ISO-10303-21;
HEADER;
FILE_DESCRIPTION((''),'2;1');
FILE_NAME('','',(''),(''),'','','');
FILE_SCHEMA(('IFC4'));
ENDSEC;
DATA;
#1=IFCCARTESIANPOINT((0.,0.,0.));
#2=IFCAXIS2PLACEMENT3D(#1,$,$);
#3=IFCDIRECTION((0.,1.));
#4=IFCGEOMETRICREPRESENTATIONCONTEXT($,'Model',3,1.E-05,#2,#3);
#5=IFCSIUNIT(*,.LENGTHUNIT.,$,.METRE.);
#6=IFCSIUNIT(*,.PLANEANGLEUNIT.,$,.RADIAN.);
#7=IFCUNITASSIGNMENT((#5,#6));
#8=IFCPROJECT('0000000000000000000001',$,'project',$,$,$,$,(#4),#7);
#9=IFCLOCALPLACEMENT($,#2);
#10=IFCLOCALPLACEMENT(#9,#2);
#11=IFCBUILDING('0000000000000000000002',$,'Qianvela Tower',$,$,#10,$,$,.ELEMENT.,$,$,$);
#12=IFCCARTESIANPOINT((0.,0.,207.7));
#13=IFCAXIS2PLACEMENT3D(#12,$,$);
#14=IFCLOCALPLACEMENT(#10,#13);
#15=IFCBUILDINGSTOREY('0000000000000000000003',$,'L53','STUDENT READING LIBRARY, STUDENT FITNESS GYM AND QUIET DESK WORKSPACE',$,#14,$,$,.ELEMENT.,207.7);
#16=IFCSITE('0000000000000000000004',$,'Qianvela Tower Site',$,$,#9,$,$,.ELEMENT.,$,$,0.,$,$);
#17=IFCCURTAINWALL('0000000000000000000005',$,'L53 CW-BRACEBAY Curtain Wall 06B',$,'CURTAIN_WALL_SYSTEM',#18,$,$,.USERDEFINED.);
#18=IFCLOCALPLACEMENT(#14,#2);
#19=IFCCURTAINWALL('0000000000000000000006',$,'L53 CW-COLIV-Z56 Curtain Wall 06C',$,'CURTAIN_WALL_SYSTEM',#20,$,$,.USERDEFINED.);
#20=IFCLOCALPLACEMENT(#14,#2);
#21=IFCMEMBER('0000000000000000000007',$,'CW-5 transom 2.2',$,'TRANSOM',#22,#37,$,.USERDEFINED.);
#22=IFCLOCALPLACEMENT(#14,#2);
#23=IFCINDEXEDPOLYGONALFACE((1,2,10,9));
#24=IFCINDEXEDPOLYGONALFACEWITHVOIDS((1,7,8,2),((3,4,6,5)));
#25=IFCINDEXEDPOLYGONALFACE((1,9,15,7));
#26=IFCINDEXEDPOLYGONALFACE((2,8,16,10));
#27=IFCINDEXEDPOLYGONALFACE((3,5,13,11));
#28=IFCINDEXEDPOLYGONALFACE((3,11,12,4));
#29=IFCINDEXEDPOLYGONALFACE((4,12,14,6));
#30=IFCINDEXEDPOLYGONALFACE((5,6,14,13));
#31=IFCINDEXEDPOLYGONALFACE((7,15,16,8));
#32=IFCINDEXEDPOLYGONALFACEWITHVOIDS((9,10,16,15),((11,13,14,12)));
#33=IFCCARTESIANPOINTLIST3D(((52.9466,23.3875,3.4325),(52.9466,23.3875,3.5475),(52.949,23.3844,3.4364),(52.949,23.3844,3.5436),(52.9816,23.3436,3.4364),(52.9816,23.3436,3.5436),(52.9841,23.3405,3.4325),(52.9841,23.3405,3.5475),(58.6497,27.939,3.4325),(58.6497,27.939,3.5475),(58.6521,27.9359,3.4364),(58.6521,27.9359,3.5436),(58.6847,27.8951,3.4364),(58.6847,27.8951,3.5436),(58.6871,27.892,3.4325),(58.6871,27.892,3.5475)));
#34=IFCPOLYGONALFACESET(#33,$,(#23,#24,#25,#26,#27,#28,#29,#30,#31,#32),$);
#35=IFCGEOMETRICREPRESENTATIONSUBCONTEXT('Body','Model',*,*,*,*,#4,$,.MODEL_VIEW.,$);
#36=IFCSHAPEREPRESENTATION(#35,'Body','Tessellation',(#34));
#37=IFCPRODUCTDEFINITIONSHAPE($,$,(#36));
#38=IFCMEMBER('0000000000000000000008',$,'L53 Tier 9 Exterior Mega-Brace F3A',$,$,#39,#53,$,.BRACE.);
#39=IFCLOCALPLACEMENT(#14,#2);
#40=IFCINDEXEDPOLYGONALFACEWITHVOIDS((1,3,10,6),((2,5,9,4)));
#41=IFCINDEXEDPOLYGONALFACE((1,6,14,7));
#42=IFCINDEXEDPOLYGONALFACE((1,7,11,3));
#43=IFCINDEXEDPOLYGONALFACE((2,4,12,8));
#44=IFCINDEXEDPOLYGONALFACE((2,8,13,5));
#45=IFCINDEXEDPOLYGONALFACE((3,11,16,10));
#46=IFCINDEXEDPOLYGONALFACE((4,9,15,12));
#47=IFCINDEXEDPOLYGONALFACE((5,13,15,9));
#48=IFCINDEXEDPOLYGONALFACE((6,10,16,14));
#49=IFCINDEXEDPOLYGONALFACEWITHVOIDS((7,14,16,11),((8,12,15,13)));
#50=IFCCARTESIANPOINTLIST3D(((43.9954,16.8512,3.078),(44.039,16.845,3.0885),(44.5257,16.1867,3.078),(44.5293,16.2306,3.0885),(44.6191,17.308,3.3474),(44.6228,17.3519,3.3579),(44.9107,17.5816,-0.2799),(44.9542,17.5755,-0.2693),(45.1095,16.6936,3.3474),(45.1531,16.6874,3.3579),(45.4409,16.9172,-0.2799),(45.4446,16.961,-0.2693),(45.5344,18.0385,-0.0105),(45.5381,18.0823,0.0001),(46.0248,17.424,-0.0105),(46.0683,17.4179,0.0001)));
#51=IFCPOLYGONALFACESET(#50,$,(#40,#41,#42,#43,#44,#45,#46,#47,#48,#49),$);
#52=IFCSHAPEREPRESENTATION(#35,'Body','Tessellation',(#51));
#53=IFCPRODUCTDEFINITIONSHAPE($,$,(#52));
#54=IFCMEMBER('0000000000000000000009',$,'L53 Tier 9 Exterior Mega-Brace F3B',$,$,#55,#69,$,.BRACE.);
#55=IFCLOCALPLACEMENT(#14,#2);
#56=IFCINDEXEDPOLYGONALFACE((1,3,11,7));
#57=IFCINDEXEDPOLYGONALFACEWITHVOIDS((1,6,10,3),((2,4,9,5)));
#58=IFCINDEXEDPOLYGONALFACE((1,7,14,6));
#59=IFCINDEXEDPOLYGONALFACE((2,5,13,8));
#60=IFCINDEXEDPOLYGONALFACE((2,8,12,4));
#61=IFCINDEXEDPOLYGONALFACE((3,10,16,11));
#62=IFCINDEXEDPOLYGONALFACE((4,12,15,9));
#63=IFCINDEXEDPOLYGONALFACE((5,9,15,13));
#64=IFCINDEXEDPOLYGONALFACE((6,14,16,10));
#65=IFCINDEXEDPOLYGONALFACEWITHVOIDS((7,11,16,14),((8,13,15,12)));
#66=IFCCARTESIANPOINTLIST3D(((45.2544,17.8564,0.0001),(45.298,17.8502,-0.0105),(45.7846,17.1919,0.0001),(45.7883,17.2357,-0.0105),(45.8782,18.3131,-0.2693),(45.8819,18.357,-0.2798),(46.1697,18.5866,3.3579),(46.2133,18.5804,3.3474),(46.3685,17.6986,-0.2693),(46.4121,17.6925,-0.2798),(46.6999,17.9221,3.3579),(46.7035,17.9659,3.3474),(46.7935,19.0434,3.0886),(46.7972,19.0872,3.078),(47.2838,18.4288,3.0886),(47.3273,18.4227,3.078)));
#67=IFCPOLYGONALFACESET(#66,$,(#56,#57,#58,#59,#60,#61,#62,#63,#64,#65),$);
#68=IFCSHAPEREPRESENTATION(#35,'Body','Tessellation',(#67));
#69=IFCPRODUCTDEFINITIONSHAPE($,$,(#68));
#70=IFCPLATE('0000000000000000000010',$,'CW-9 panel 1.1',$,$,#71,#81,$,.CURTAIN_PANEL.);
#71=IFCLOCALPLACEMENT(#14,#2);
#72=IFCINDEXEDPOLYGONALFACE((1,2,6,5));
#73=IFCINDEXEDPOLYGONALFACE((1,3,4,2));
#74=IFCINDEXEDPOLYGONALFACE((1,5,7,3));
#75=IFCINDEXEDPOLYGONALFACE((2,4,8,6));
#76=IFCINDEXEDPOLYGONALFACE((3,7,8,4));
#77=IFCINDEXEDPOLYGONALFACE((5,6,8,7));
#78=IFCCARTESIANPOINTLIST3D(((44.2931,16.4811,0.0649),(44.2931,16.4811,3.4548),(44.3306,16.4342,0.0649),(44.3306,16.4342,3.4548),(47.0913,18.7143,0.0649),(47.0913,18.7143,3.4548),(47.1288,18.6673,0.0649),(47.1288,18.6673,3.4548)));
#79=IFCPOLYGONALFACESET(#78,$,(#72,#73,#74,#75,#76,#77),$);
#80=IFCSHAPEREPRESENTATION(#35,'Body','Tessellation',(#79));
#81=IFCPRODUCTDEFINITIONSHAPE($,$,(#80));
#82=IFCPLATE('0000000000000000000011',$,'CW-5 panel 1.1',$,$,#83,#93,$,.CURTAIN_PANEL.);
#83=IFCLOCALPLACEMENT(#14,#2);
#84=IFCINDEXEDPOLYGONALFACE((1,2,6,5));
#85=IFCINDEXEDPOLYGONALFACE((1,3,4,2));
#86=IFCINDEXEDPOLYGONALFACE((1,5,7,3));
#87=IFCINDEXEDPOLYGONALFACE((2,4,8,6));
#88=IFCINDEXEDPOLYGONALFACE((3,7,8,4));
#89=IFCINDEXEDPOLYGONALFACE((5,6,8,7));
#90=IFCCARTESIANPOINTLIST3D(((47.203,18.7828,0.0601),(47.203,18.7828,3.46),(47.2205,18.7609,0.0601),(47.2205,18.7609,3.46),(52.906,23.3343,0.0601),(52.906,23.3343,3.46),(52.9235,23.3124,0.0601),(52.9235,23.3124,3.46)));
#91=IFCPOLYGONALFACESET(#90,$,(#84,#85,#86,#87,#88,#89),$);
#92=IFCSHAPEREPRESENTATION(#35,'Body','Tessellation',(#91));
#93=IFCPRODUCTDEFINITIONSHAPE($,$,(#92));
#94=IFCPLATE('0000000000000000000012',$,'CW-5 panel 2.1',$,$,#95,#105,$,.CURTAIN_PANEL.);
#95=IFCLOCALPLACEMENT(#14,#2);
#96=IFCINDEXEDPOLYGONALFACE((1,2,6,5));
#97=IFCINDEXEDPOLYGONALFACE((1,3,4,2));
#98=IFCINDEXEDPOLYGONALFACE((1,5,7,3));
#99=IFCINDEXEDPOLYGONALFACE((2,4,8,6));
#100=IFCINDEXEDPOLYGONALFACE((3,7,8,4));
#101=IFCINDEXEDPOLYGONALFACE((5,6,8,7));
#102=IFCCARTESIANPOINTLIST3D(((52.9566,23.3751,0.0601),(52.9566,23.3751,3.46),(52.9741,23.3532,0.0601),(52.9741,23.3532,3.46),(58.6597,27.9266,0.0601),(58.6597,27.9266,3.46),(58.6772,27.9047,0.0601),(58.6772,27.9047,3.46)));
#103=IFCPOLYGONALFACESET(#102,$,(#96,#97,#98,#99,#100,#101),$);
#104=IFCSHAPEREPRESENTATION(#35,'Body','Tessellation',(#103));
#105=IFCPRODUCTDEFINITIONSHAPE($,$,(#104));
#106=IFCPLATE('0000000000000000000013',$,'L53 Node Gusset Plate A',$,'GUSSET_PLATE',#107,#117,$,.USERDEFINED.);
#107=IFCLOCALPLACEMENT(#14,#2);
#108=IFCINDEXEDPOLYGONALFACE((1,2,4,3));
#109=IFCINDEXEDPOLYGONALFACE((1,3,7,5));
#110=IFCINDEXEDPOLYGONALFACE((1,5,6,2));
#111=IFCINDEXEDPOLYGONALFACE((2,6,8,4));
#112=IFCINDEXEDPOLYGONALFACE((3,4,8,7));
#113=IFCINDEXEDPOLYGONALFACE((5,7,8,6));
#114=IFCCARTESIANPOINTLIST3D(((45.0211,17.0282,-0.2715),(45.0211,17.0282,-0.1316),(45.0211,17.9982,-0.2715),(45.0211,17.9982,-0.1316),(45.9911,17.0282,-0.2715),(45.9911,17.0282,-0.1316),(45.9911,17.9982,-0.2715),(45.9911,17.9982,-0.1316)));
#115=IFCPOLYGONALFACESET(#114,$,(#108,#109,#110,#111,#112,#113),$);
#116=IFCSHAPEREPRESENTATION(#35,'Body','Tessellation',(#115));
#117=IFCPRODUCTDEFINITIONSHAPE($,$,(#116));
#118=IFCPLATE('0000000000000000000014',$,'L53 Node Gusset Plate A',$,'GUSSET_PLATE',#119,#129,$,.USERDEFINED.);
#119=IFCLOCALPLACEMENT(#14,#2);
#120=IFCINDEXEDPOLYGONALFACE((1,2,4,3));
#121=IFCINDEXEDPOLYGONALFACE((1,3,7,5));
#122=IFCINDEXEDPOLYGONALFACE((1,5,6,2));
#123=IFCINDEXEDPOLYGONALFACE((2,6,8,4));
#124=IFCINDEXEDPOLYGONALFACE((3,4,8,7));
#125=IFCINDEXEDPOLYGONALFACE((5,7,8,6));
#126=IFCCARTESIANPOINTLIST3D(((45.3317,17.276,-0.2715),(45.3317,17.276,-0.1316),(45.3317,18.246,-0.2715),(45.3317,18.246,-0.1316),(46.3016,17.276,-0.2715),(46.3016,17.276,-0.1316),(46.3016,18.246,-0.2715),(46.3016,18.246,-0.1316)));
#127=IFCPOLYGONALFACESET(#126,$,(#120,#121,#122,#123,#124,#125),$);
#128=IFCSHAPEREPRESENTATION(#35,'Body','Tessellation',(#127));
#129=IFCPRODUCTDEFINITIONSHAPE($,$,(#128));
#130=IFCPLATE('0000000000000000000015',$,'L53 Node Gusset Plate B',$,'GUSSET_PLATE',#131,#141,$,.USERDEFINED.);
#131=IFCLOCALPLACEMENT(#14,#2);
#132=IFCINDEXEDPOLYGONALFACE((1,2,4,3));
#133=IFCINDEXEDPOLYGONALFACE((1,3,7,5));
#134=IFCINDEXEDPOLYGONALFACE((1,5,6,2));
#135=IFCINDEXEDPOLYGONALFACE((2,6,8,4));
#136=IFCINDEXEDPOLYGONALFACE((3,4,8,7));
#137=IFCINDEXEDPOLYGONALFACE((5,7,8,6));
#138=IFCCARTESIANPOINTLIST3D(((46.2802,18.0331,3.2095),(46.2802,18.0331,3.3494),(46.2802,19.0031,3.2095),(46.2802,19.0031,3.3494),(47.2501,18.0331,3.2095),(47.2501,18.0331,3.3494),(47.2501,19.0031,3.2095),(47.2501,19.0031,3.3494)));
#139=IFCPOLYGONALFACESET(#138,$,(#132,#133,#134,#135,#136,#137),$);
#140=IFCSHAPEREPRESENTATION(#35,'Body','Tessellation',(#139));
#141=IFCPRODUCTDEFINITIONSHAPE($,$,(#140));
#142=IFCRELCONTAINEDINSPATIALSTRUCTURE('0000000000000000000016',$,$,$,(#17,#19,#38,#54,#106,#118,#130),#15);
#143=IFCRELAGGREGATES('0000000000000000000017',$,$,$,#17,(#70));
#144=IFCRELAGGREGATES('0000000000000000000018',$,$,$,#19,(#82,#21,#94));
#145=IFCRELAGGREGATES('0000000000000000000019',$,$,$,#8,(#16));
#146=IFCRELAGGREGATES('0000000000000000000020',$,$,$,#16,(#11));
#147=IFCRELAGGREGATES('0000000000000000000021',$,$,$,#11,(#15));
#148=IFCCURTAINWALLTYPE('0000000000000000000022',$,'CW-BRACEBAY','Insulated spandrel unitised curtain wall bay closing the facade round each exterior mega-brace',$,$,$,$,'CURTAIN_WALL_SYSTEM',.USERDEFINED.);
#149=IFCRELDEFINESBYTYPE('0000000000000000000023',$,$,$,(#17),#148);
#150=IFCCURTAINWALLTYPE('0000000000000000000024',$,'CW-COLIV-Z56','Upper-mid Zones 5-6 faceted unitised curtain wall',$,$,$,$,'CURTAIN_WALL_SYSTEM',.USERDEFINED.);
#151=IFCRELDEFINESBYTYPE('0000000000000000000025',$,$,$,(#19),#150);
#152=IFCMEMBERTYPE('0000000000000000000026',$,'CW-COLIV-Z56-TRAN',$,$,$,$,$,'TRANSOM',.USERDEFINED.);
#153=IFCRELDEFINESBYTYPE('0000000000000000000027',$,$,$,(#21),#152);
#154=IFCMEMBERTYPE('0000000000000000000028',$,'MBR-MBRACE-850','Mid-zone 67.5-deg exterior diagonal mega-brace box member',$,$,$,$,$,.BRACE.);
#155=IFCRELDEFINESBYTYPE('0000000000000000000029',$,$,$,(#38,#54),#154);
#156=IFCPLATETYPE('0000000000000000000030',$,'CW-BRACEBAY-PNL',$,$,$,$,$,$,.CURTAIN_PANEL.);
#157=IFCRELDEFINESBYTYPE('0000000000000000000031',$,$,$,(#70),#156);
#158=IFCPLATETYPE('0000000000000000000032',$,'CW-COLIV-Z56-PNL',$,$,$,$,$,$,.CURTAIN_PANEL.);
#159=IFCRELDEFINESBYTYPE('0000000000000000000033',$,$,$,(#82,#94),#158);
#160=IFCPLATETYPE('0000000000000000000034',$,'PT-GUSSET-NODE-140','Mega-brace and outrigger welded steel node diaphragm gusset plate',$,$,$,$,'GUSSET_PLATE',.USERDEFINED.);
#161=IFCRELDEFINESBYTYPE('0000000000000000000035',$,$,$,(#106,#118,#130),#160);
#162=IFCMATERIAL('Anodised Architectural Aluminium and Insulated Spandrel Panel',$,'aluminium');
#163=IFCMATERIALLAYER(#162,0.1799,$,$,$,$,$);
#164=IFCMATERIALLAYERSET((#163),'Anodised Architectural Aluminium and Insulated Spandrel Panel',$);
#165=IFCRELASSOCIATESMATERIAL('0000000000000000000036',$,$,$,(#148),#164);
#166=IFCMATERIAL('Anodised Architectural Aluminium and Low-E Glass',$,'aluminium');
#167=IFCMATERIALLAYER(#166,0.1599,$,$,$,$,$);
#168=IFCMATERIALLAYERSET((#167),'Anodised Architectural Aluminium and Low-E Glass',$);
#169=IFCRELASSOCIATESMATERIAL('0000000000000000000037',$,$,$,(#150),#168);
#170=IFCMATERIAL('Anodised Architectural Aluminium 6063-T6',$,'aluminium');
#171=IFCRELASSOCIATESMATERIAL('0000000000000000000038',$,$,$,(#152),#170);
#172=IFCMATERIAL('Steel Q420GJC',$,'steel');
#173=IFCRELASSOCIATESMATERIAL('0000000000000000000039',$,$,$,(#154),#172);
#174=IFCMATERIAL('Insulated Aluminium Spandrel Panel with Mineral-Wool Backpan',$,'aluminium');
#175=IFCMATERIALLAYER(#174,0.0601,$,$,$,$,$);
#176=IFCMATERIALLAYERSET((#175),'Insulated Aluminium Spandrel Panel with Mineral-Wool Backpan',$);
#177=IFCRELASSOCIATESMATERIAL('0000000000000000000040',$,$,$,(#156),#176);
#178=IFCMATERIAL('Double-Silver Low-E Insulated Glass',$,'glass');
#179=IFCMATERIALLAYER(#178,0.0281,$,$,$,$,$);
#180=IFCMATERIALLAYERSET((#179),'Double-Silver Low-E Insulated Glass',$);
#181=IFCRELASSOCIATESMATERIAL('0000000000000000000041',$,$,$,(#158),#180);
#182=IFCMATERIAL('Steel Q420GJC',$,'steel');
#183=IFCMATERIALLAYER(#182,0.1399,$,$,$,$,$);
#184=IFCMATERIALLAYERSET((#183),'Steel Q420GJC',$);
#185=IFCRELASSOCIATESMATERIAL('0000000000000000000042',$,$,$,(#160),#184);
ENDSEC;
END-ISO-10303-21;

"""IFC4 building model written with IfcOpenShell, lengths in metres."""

from ifc_helpers import new_model, si_unit, direction, frame, origin, origin_2d, place, context, subcontext, project, spatial, rectangle, hollow_rectangle, extrude, material, layer, layer_set, material_profile, profile_set, type_object, element, aggregate, save


model = new_model("IFC4")

# Units and contexts
model_context = context("Model", 3, precision=1e-05, world=origin(), true_north=direction((0.0, 1.0)))
body_context = subcontext(model_context, "Body", "Model", "MODEL_VIEW")
ifc_project = project(units=[si_unit("LENGTHUNIT", "METRE"), si_unit("PLANEANGLEUNIT", "RADIAN")], contexts=[model_context])

# Site, building, storey
site_placement = place(None, origin())
site = spatial("IfcSite", under=ifc_project, at=site_placement, Name="Qianvela Tower Site", CompositionType="ELEMENT", RefElevation=0.0)
building_placement = place(site_placement, origin())
building = spatial("IfcBuilding", under=site, at=building_placement, Name="Qianvela Tower", CompositionType="ELEMENT")
storey_placement = place(building_placement, frame((0.0, 0.0, 207.7)))
storey = spatial("IfcBuildingStorey", under=building, at=storey_placement, Name="L53", Description="STUDENT READING LIBRARY, STUDENT FITNESS GYM AND QUIET DESK WORKSPACE", CompositionType="ELEMENT", Elevation=207.7)

# Curtain wall
ifc_material_1 = material(Name="Anodised Architectural Aluminium and Insulated Spandrel Panel", Category="aluminium")
ifc_layer_1 = layer(ifc_material_1, 0.1799)
ifc_layer_set_1 = layer_set([ifc_layer_1], Name="Anodised Architectural Aluminium and Insulated Spandrel Panel")
curtain_wall_type_1 = type_object("IfcCurtainWallType", Name="CW-BRACEBAY", Description="Insulated spandrel unitised curtain wall bay closing the facade round each exterior mega-brace", ElementType="CURTAIN_WALL_SYSTEM", PredefinedType="USERDEFINED", material=ifc_layer_set_1)
curtain_wall_1_placement = place(storey_placement, origin())
curtain_wall_1 = element("IfcCurtainWall", 1, at=curtain_wall_1_placement, inside=storey, type_object=curtain_wall_type_1, Name="L53 CW-BRACEBAY Curtain Wall 06B", ObjectType="CURTAIN_WALL_SYSTEM", PredefinedType="USERDEFINED")

# Curtain wall, member
ifc_material_2 = material(Name="Anodised Architectural Aluminium and Low-E Glass", Category="aluminium")
ifc_layer_2 = layer(ifc_material_2, 0.1599)
ifc_layer_set_2 = layer_set([ifc_layer_2], Name="Anodised Architectural Aluminium and Low-E Glass")
curtain_wall_type_2 = type_object("IfcCurtainWallType", Name="CW-COLIV-Z56", Description="Upper-mid Zones 5-6 faceted unitised curtain wall", ElementType="CURTAIN_WALL_SYSTEM", PredefinedType="USERDEFINED", material=ifc_layer_set_2)
curtain_wall_2_placement = place(storey_placement, origin())
curtain_wall_2 = element("IfcCurtainWall", 2, at=curtain_wall_2_placement, inside=storey, type_object=curtain_wall_type_2, Name="L53 CW-COLIV-Z56 Curtain Wall 06C", ObjectType="CURTAIN_WALL_SYSTEM", PredefinedType="USERDEFINED")
ifc_material_3 = material(Name="Anodised Architectural Aluminium 6063-T6", Category="aluminium")
ifc_material_profile_1 = material_profile(ifc_material_3, hollow_rectangle(XDim=0.0601, YDim=0.115, WallThickness=0.0039, at=origin_2d()), Name="ALU-TRAN-60x115")
ifc_profile_set_1 = profile_set([ifc_material_profile_1], Name="Anodised Architectural Aluminium 6063-T6")
member_type_1 = type_object("IfcMemberType", Name="CW-COLIV-Z56-TRAN", ElementType="TRANSOM", PredefinedType="USERDEFINED", material=ifc_profile_set_1)
member_1_placement = place(storey_placement, frame((52.9653, 23.364, 3.49), z_axis=(0.781603, 0.623777, 0.0), x_axis=(-0.623777, 0.781603, 0.0)))
member_1 = element("IfcMember", 3, at=member_1_placement, type_object=member_type_1, Name="CW-5 transom 2.2", ObjectType="TRANSOM", PredefinedType="USERDEFINED", context=body_context, shape_type="SweptSolid", body=[
    extrude(hollow_rectangle(XDim=0.0601, YDim=0.115, WallThickness=0.0039, at=origin_2d()), origin(), (0.0, 0.0, 1.0), 7.2966),
])

# Members
ifc_material_4 = material(Name="Steel Q420GJC", Category="steel")
ifc_material_profile_2 = material_profile(ifc_material_4, hollow_rectangle(XDim=0.8501, YDim=0.8501, WallThickness=0.032, at=origin_2d()), Name="MBOX-850x850x32")
ifc_profile_set_2 = profile_set([ifc_material_profile_2], Name="Steel Q420GJC")
member_type_2 = type_object("IfcMemberType", Name="MBR-MBRACE-850", Description="Mid-zone 67.5-deg exterior diagonal mega-brace box member", PredefinedType="BRACE", material=ifc_profile_set_2)
for number, where, z_axis, x_axis, name in (
    (4, (45.4895, 17.4998, -0.1399), (-0.257373, -0.205404, 0.944229), (0.623779, -0.781601, 0.0), "L53 Tier 9 Exterior Mega-Brace F3A"),
    (5, (45.8333, 17.7744, -0.1399), (0.257377, 0.205339, 0.944242), (-0.623652, 0.781702, 0.0), "L53 Tier 9 Exterior Mega-Brace F3B"),
):
    element("IfcMember", number, at=place(storey_placement, frame(where, z_axis=z_axis, x_axis=x_axis)), inside=storey, type_object=member_type_2, Name=name, PredefinedType="BRACE", context=body_context, shape_type="SweptSolid", body=[
        extrude(hollow_rectangle(XDim=0.8501, YDim=0.8501, WallThickness=0.032, at=origin_2d()), origin(), (0.0, 0.0, 1.0), 3.5562),
    ])

# Plates
ifc_material_5 = material(Name="Insulated Aluminium Spandrel Panel with Mineral-Wool Backpan", Category="aluminium")
ifc_layer_3 = layer(ifc_material_5, 0.0601)
ifc_layer_set_3 = layer_set([ifc_layer_3], Name="Insulated Aluminium Spandrel Panel with Mineral-Wool Backpan")
plate_type_1 = type_object("IfcPlateType", Name="CW-BRACEBAY-PNL", PredefinedType="CURTAIN_PANEL", material=ifc_layer_set_3)
plate_1_placement = place(storey_placement, frame((45.7109, 17.5742, 0.0649), z_axis=(0.0, 0.0, 1.0), x_axis=(0.781599, 0.623781, 0.0)))
plate_1 = element("IfcPlate", 6, at=plate_1_placement, type_object=plate_type_1, Name="CW-9 panel 1.1", PredefinedType="CURTAIN_PANEL", context=body_context, shape_type="SweptSolid", body=[
    extrude(rectangle(XDim=3.5801, YDim=0.0601, at=origin_2d()), origin(), (0.0, 0.0, 1.0), 3.3899),
])
aggregate(curtain_wall_1, [plate_1])
ifc_material_6 = material(Name="Double-Silver Low-E Insulated Glass", Category="glass")
ifc_layer_4 = layer(ifc_material_6, 0.0281)
ifc_layer_set_4 = layer_set([ifc_layer_4], Name="Double-Silver Low-E Insulated Glass")
plate_type_2 = type_object("IfcPlateType", Name="CW-COLIV-Z56-PNL", PredefinedType="CURTAIN_PANEL", material=ifc_layer_set_4)
plate_2_placement = place(storey_placement, frame((50.0632, 21.0476, 0.0601), z_axis=(0.0, 0.0, 1.0), x_axis=(0.781597, 0.623783, 0.0)))
plate_2 = element("IfcPlate", 7, at=plate_2_placement, type_object=plate_type_2, Name="CW-5 panel 1.1", PredefinedType="CURTAIN_PANEL", context=body_context, shape_type="SweptSolid", body=[
    extrude(rectangle(XDim=7.2966, YDim=0.0281, at=origin_2d()), origin(), (0.0, 0.0, 1.0), 3.3999),
])
plate_3_placement = place(storey_placement, frame((55.8169, 25.6399, 0.0601), z_axis=(0.0, 0.0, 1.0), x_axis=(0.781597, 0.623783, 0.0)))
plate_3 = element("IfcPlate", 8, at=plate_3_placement, type_object=plate_type_2, Name="CW-5 panel 2.1", PredefinedType="CURTAIN_PANEL", context=body_context, shape_type="SweptSolid", body=[
    extrude(rectangle(XDim=7.2966, YDim=0.0281, at=origin_2d()), origin(), (0.0, 0.0, 1.0), 3.3999),
])
aggregate(curtain_wall_2, [plate_2, member_1, plate_3])

# Plates
ifc_material_7 = material(Name="Steel Q420GJC", Category="steel")
ifc_layer_5 = layer(ifc_material_7, 0.1399)
ifc_layer_set_5 = layer_set([ifc_layer_5], Name="Steel Q420GJC")
plate_type_3 = type_object("IfcPlateType", Name="PT-GUSSET-NODE-140", Description="Mega-brace and outrigger welded steel node diaphragm gusset plate", ElementType="GUSSET_PLATE", PredefinedType="USERDEFINED", material=ifc_layer_set_5)
for number, where, z_axis, x_axis, name in (
    (9, (45.5061, 17.5132, -0.2715), (0.0, 0.0, 1.0), (1.0, 0.0, 0.0), "L53 Node Gusset Plate A"),
    (10, (45.8167, 17.761, -0.2715), (0.0, 0.0, 1.0), (1.0, 0.0, 0.0), "L53 Node Gusset Plate A"),
    (11, (46.7651, 18.5181, 3.2095), (0.0, 0.0, 1.0), (1.0, 0.0, 0.0), "L53 Node Gusset Plate B"),
):
    element("IfcPlate", number, at=place(storey_placement, frame(where, z_axis=z_axis, x_axis=x_axis)), inside=storey, type_object=plate_type_3, Name=name, ObjectType="GUSSET_PLATE", PredefinedType="USERDEFINED", context=body_context, shape_type="SweptSolid", body=[
        extrude(rectangle(XDim=0.97, YDim=0.97, at=origin_2d()), origin(), (0.0, 0.0, 1.0), 0.1399),
    ])

save(model, "model.ifc")
